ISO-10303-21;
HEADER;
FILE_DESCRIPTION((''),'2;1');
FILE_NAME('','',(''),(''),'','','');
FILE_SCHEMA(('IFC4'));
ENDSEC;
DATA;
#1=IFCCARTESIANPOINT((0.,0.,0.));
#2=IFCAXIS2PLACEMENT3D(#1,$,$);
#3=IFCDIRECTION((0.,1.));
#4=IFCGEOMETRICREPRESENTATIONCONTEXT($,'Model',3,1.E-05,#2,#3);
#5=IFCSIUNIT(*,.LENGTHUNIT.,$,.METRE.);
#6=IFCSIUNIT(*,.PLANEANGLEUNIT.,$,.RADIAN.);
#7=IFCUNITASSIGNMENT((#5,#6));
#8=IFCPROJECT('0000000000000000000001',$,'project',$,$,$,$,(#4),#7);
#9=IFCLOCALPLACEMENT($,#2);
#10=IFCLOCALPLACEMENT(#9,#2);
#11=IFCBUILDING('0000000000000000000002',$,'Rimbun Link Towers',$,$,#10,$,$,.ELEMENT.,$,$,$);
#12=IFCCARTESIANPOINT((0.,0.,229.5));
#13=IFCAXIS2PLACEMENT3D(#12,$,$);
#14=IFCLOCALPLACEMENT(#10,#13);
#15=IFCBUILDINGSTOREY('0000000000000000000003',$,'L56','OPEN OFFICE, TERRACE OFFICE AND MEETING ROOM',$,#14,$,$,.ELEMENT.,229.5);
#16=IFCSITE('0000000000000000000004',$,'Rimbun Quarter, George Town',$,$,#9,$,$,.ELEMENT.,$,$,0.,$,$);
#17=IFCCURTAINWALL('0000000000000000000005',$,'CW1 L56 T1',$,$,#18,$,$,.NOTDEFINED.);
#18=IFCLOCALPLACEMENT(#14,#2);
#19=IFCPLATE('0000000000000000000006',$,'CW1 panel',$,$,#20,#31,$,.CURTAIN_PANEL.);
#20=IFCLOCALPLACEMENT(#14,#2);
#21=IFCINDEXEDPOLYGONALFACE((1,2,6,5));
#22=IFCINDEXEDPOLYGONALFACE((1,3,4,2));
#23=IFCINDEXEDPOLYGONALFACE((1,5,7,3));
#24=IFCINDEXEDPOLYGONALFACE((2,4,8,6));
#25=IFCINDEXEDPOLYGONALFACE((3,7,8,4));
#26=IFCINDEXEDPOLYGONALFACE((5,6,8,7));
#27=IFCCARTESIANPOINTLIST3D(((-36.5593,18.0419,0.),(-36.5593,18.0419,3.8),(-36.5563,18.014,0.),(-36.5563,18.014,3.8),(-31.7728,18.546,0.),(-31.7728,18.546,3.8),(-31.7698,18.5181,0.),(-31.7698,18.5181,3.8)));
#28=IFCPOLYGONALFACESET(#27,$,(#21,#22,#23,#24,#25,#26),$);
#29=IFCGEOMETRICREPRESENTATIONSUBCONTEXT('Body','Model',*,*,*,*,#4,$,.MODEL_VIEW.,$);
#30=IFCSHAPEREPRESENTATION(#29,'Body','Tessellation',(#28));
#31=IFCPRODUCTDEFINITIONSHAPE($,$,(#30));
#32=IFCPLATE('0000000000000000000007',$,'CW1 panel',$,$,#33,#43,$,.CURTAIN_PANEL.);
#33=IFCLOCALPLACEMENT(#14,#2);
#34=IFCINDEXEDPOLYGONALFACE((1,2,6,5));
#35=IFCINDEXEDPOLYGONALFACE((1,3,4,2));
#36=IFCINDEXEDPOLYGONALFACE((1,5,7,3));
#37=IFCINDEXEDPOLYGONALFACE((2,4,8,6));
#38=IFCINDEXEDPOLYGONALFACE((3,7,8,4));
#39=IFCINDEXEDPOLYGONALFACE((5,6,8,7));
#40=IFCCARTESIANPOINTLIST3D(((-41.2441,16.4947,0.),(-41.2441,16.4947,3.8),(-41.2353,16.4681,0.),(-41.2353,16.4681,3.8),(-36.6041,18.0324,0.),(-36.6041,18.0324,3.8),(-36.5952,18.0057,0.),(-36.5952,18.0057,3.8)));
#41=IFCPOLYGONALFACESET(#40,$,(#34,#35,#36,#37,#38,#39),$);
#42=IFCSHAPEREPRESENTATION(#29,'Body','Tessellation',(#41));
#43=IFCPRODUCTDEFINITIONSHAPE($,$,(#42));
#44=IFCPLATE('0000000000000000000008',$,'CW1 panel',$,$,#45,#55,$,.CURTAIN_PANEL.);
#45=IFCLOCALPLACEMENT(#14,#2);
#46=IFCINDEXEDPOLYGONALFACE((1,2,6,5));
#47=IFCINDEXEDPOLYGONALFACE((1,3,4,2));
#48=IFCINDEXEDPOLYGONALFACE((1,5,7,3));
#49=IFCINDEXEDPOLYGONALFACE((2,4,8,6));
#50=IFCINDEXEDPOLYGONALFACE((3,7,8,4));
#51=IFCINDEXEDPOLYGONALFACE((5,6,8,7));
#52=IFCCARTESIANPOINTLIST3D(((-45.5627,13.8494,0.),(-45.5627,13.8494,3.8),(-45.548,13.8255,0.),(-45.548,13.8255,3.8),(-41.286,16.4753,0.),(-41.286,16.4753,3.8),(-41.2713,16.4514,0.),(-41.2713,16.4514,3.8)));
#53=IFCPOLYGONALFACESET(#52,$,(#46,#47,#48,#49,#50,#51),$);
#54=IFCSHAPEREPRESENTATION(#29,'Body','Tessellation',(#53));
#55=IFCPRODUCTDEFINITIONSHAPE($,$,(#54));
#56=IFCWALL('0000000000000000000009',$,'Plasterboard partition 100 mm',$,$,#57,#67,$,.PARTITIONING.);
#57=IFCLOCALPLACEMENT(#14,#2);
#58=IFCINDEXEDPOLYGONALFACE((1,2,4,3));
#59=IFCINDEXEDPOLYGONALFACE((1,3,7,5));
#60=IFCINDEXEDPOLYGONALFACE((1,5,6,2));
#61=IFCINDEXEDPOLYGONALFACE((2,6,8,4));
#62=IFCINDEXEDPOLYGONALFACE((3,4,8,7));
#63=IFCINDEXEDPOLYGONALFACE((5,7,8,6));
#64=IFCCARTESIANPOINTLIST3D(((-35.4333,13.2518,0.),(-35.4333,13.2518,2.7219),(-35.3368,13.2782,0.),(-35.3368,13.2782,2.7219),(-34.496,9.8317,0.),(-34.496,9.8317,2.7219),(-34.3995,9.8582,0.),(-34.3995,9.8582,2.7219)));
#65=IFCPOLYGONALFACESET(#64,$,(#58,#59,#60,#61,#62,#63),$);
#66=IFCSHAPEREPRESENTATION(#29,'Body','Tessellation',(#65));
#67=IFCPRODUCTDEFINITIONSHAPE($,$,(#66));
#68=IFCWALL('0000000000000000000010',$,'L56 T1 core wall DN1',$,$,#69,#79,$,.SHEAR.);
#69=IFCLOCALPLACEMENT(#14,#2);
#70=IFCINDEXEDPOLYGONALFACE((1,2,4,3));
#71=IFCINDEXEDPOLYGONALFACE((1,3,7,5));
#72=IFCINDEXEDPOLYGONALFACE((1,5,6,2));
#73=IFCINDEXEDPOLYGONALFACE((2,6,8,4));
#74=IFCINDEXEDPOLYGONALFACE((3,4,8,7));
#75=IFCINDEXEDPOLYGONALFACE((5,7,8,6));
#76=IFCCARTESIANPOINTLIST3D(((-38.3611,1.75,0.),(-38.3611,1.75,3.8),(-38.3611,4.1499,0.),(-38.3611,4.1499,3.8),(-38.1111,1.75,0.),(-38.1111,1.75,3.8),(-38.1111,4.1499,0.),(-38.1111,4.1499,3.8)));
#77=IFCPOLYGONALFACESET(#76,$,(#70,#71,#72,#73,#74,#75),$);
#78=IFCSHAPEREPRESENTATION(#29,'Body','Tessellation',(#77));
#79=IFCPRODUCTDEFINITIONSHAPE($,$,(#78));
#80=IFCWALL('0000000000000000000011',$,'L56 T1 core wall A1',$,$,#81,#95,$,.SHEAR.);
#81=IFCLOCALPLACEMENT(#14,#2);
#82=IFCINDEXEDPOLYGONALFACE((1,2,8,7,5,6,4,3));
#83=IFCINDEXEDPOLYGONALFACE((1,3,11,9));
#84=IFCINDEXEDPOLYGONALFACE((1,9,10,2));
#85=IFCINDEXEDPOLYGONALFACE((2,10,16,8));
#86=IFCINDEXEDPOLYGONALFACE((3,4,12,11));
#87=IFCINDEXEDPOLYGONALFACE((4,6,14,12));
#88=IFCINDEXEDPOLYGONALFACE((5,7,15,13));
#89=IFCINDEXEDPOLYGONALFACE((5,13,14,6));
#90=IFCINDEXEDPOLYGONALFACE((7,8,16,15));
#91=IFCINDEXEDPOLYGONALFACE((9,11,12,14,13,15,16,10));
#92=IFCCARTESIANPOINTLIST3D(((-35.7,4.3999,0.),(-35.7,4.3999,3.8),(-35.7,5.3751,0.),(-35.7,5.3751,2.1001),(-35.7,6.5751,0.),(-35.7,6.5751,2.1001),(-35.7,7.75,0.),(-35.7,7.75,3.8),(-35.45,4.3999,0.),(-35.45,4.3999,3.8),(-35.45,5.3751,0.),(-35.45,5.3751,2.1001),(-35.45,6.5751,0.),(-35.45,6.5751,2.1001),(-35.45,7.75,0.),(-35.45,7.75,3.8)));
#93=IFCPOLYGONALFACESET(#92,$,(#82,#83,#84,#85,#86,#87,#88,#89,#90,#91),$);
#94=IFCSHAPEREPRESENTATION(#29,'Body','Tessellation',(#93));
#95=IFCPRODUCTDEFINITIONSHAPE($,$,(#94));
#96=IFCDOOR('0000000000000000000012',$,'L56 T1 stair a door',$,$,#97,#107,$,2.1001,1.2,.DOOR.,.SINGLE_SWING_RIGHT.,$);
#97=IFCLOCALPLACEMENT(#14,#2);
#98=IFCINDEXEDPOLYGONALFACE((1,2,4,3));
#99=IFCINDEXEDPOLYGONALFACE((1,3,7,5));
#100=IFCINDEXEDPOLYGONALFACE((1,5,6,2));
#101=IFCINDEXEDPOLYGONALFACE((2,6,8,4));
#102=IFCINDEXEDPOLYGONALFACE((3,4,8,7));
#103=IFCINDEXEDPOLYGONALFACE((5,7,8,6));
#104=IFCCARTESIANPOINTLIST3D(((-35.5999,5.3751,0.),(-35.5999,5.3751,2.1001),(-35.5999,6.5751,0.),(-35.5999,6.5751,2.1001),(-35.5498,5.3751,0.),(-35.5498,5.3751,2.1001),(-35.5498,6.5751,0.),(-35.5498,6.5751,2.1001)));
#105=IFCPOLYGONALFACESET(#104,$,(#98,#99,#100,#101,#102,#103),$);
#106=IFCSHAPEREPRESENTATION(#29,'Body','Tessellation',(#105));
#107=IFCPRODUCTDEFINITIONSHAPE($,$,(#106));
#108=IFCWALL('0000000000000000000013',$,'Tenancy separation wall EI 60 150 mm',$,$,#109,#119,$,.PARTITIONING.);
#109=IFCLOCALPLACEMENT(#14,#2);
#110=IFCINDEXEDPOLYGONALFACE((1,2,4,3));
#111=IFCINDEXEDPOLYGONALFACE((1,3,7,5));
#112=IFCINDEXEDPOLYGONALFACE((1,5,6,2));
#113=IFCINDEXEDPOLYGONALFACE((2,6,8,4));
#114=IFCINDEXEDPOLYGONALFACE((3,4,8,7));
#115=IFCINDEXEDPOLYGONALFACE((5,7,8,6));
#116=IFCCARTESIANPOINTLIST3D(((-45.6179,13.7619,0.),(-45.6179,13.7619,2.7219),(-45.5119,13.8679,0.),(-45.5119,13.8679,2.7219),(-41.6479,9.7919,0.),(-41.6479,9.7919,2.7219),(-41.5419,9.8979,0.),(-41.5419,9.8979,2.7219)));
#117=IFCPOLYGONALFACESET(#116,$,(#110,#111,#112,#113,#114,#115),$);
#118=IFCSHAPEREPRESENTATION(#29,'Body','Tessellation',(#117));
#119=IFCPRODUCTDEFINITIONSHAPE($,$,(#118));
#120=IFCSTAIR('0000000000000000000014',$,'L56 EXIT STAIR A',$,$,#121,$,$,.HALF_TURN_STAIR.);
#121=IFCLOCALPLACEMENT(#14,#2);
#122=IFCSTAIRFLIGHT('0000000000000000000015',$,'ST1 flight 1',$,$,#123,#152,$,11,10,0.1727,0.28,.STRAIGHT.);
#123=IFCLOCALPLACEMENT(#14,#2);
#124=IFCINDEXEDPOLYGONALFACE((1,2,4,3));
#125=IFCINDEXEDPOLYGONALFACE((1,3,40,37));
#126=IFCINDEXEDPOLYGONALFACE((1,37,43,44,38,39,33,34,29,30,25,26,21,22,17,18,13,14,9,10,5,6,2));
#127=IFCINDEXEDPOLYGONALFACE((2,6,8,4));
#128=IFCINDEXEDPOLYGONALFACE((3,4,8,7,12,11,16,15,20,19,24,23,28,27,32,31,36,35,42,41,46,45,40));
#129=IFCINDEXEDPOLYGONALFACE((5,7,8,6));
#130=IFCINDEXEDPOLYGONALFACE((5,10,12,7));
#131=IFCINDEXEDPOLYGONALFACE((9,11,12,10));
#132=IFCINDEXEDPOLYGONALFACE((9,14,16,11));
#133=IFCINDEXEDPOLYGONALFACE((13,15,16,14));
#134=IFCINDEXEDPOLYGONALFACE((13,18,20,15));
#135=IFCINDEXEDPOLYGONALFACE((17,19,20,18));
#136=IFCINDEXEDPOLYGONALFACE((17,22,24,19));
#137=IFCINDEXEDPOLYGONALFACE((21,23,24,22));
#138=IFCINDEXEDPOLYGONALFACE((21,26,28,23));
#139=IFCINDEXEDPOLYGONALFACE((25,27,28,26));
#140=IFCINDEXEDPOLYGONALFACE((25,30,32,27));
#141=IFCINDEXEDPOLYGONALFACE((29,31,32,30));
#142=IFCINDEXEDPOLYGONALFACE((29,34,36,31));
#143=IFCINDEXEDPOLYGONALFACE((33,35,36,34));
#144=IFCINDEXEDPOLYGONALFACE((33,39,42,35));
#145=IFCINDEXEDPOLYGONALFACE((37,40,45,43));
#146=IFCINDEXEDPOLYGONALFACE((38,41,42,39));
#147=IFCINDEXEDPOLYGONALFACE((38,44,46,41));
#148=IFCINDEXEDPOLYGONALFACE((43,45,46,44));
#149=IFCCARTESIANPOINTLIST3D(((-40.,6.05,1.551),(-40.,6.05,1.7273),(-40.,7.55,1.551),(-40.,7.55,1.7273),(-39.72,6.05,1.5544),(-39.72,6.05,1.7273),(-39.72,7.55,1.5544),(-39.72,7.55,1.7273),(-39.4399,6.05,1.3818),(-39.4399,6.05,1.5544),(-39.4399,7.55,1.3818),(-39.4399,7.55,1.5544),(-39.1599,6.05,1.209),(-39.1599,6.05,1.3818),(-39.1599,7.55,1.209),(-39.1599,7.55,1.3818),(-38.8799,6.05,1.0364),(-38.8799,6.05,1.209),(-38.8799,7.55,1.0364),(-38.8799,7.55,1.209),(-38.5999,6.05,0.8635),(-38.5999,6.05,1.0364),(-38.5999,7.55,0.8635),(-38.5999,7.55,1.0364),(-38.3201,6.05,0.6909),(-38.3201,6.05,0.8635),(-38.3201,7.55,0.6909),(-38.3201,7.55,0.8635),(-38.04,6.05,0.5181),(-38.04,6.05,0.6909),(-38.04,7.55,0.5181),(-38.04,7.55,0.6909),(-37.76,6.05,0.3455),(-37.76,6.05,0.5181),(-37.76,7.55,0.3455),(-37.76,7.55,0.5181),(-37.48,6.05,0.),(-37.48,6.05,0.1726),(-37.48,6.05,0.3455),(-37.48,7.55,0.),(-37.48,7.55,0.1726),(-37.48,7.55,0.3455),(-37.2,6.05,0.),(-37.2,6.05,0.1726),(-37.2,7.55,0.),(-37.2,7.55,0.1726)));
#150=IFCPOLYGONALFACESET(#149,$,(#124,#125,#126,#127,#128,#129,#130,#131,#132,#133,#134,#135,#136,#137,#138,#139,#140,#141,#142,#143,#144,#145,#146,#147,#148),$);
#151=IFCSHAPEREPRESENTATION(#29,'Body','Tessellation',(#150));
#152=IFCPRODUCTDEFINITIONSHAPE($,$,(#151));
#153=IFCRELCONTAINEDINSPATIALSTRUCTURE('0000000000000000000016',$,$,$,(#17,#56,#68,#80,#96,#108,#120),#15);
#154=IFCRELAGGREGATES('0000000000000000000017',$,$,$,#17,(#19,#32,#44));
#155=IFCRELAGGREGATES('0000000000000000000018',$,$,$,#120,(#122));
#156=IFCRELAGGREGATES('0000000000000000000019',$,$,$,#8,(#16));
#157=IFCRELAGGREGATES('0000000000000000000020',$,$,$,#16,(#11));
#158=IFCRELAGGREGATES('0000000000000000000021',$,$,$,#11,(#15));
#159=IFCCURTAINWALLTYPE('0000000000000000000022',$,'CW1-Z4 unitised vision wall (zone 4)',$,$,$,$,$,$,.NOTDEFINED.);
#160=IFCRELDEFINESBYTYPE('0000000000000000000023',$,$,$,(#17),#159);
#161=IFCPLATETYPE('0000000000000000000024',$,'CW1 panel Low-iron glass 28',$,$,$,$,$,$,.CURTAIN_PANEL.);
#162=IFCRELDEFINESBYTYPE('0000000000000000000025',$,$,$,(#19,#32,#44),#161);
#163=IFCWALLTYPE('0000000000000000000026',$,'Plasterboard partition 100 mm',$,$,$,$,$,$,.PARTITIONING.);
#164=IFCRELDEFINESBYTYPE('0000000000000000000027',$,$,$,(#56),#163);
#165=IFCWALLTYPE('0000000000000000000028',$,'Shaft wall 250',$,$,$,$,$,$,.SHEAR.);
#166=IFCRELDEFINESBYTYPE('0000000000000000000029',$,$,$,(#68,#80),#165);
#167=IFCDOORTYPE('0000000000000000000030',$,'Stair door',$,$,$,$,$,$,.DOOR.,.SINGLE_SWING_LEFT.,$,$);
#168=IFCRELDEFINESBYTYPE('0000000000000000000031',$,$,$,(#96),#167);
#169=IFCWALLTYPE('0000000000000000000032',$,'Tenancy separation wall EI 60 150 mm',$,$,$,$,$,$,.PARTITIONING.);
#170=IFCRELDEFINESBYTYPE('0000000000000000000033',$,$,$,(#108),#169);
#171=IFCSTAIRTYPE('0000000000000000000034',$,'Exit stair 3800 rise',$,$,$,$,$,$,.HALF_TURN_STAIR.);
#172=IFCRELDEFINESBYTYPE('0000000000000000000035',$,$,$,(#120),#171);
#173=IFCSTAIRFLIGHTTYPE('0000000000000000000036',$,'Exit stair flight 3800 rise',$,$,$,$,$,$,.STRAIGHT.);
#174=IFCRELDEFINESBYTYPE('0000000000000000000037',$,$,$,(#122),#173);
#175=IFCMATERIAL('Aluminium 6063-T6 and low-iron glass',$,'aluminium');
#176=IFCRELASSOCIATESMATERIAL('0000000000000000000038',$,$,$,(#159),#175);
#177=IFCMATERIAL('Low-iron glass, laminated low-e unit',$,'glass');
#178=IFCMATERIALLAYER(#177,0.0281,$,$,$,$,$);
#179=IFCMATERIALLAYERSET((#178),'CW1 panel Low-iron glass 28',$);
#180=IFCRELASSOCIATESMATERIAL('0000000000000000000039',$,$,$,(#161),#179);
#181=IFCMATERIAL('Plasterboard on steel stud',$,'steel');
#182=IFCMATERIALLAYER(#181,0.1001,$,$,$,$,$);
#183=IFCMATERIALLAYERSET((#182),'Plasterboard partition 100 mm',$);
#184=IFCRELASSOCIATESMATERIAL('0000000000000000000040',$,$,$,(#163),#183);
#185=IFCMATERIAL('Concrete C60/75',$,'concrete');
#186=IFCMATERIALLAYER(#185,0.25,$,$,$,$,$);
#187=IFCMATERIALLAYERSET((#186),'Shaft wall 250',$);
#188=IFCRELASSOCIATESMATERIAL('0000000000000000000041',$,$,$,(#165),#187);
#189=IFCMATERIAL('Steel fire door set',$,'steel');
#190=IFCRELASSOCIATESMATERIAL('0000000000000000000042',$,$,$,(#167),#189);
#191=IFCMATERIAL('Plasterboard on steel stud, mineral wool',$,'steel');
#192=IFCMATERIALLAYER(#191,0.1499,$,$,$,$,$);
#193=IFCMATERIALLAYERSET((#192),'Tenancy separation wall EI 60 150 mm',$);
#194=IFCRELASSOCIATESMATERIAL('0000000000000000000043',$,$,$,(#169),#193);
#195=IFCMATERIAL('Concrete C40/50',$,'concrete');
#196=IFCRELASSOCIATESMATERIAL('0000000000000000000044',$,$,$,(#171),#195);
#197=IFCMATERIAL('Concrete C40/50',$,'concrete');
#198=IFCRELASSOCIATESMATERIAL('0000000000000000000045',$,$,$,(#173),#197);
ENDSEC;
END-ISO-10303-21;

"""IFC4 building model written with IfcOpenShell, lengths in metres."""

from ifc_helpers import new_model, si_unit, direction, frame, frame_2d, origin, origin_2d, place, context, subcontext, project, spatial, polyline, rectangle, outline, extrude, material, layer, layer_set, type_object, element, fill, aggregate, save


model = new_model("IFC4")

# Units and contexts
model_context = context("Model", 3, precision=1e-05, world=origin(), true_north=direction((0.0, 1.0)))
body_context = subcontext(model_context, "Body", "Model", "MODEL_VIEW")
ifc_project = project(units=[si_unit("LENGTHUNIT", "METRE"), si_unit("PLANEANGLEUNIT", "RADIAN")], contexts=[model_context])

# Site, building, storey
site_placement = place(None, origin())
site = spatial("IfcSite", under=ifc_project, at=site_placement, Name="Rimbun Quarter, George Town", CompositionType="ELEMENT", RefElevation=0.0)
building_placement = place(site_placement, origin())
building = spatial("IfcBuilding", under=site, at=building_placement, Name="Rimbun Link Towers", CompositionType="ELEMENT")
storey_placement = place(building_placement, frame((0.0, 0.0, 229.5)))
storey = spatial("IfcBuildingStorey", under=building, at=storey_placement, Name="L56", Description="OPEN OFFICE, TERRACE OFFICE AND MEETING ROOM", CompositionType="ELEMENT", Elevation=229.5)

# Curtain wall
ifc_material_1 = material(Name="Aluminium 6063-T6 and low-iron glass", Category="aluminium")
curtain_wall_type = type_object("IfcCurtainWallType", Name="CW1-Z4 unitised vision wall (zone 4)", PredefinedType="NOTDEFINED", material=ifc_material_1)
curtain_wall_placement = place(storey_placement, origin())
curtain_wall = element("IfcCurtainWall", 1, at=curtain_wall_placement, inside=storey, type_object=curtain_wall_type, Name="CW1 L56 T1", PredefinedType="NOTDEFINED")

# Plates
ifc_material_2 = material(Name="Low-iron glass, laminated low-e unit", Category="glass")
ifc_layer_1 = layer(ifc_material_2, 0.0281)
ifc_layer_set_1 = layer_set([ifc_layer_1], Name="CW1 panel Low-iron glass 28")
plate_type = type_object("IfcPlateType", Name="CW1 panel Low-iron glass 28", PredefinedType="CURTAIN_PANEL", material=ifc_layer_set_1)
plate_1_placement = place(storey_placement, frame((-34.1646, 18.28, 0.0), z_axis=(0.0, 0.0, 1.0), x_axis=(0.9945, 0.104739, 0.0)))
plate_1 = element("IfcPlate", 2, at=plate_1_placement, type_object=plate_type, Name="CW1 panel", PredefinedType="CURTAIN_PANEL", context=body_context, shape_type="SweptSolid", body=[
    extrude(rectangle(XDim=4.813, YDim=0.0281, at=origin_2d()), origin(), (0.0, 0.0, 1.0), 3.8),
])
plate_2_placement = place(storey_placement, frame((-38.9197, 17.2502, 0.0), z_axis=(0.0, 0.0, 1.0), x_axis=(0.949236, 0.314565, 0.0)))
plate_2 = element("IfcPlate", 3, at=plate_2_placement, type_object=plate_type, Name="CW1 panel", PredefinedType="CURTAIN_PANEL", context=body_context, shape_type="SweptSolid", body=[
    extrude(rectangle(XDim=4.8882, YDim=0.0281, at=origin_2d()), origin(), (0.0, 0.0, 1.0), 3.8),
])
plate_3_placement = place(storey_placement, frame((-43.417, 15.1504, 0.0), z_axis=(0.0, 0.0, 1.0), x_axis=(0.852187, 0.523237, 0.0)))
plate_3 = element("IfcPlate", 4, at=plate_3_placement, type_object=plate_type, Name="CW1 panel", PredefinedType="CURTAIN_PANEL", context=body_context, shape_type="SweptSolid", body=[
    extrude(rectangle(XDim=5.0186, YDim=0.0281, at=origin_2d()), origin(), (0.0, 0.0, 1.0), 3.8),
])
aggregate(curtain_wall, [plate_1, plate_2, plate_3])

# Walls
ifc_material_3 = material(Name="Plasterboard on steel stud", Category="steel")
ifc_layer_2 = layer(ifc_material_3, 0.1001)
ifc_layer_set_2 = layer_set([ifc_layer_2], Name="Plasterboard partition 100 mm")
wall_type_1 = type_object("IfcWallType", Name="Plasterboard partition 100 mm", PredefinedType="PARTITIONING", material=ifc_layer_set_2)
wall_1_placement = place(storey_placement, frame((-35.385, 13.2649, 0.0), z_axis=(0.0, 0.0, 1.0), x_axis=(0.264311, -0.964437, 0.0)))
element("IfcWall", 5, at=wall_1_placement, inside=storey, type_object=wall_type_1, Name="Plasterboard partition 100 mm", PredefinedType="PARTITIONING", context=body_context, shape_type="SweptSolid", body=[
    extrude(rectangle(XDim=3.5461, YDim=0.1001, at=frame_2d((1.7729, 0.0))), origin(), (0.0, 0.0, 1.0), 2.7219),
])
ifc_material_4 = material(Name="Concrete C60/75", Category="concrete")
ifc_layer_3 = layer(ifc_material_4, 0.25)
ifc_layer_set_3 = layer_set([ifc_layer_3], Name="Shaft wall 250")
wall_type_2 = type_object("IfcWallType", Name="Shaft wall 250", PredefinedType="SHEAR", material=ifc_layer_set_3)
wall_2_placement = place(storey_placement, frame((-38.2361, 1.75, 0.0), z_axis=(0.0, 0.0, 1.0), x_axis=(0.0, 1.0, 0.0)))
element("IfcWall", 6, at=wall_2_placement, inside=storey, type_object=wall_type_2, Name="L56 T1 core wall DN1", PredefinedType="SHEAR", context=body_context, shape_type="SweptSolid", body=[
    extrude(rectangle(XDim=2.3999, YDim=0.25, at=frame_2d((1.2, 0.0))), origin(), (0.0, 0.0, 1.0), 3.8),
])

# Wall, opening, door
wall_3_placement = place(storey_placement, frame((-35.575, 4.3999, 0.0), z_axis=(0.0, 0.0, 1.0), x_axis=(0.0, 1.0, 0.0)))
wall_3 = element("IfcWall", 7, at=wall_3_placement, inside=storey, type_object=wall_type_2, Name="L56 T1 core wall A1", PredefinedType="SHEAR", context=body_context, shape_type="SweptSolid", body=[
    extrude(rectangle(XDim=3.3501, YDim=0.25, at=frame_2d((1.675, 0.0))), origin(), (0.0, 0.0, 1.0), 3.8),
])
opening_placement = place(wall_3_placement, frame((0.9751, 0.0, 0.0)))
opening = element("IfcOpeningElement", 8, at=opening_placement, cuts=wall_3, PredefinedType="OPENING", context=body_context, shape_type="SweptSolid", body=[
    extrude(rectangle(XDim=1.2, YDim=2.1001, at=frame_2d((0.6001, 1.05))), frame((0.0, 0.135, 0.0), z_axis=(0.0, -1.0, 0.0), x_axis=(1.0, 0.0, 0.0)), (0.0, 0.0, 1.0), 0.27),
])
ifc_material_5 = material(Name="Steel fire door set", Category="steel")
door_type = type_object("IfcDoorType", Name="Stair door", OperationType="SINGLE_SWING_LEFT", PredefinedType="DOOR", material=ifc_material_5)
door_placement = place(opening_placement, origin())
door = element("IfcDoor", 9, at=door_placement, inside=storey, type_object=door_type, Name="L56 T1 stair a door", OperationType="SINGLE_SWING_RIGHT", OverallHeight=2.1001, OverallWidth=1.2, PredefinedType="DOOR", context=body_context, shape_type="SweptSolid", body=[
    extrude(rectangle(XDim=1.2, YDim=2.1001, at=frame_2d((0.6001, 1.05))), frame((0.0, 0.0249, 0.0), z_axis=(0.0, -1.0, 0.0), x_axis=(1.0, 0.0, 0.0)), (0.0, 0.0, 1.0), 0.05),
])
fill(opening, door)

# Wall
ifc_material_6 = material(Name="Plasterboard on steel stud, mineral wool", Category="steel")
ifc_layer_4 = layer(ifc_material_6, 0.1499)
ifc_layer_set_4 = layer_set([ifc_layer_4], Name="Tenancy separation wall EI 60 150 mm")
wall_type_3 = type_object("IfcWallType", Name="Tenancy separation wall EI 60 150 mm", PredefinedType="PARTITIONING", material=ifc_layer_set_4)
wall_4_placement = place(storey_placement, frame((-41.595, 9.845, 0.0), z_axis=(0.0, 0.0, 1.0), x_axis=(-0.707107, 0.707107, 0.0)))
element("IfcWall", 10, at=wall_4_placement, inside=storey, type_object=wall_type_3, Name="Tenancy separation wall EI 60 150 mm", PredefinedType="PARTITIONING", context=body_context, shape_type="SweptSolid", body=[
    extrude(rectangle(XDim=5.6145, YDim=0.1499, at=frame_2d((2.8071, 0.0))), origin(), (0.0, 0.0, 1.0), 2.7219),
])

# Stair, stair flight
ifc_material_7 = material(Name="Concrete C40/50", Category="concrete")
stair_type = type_object("IfcStairType", Name="Exit stair 3800 rise", PredefinedType="HALF_TURN_STAIR", material=ifc_material_7)
stair_placement = place(storey_placement, origin())
stair = element("IfcStair", 11, at=stair_placement, inside=storey, type_object=stair_type, Name="L56 EXIT STAIR A", PredefinedType="HALF_TURN_STAIR")
ifc_material_8 = material(Name="Concrete C40/50", Category="concrete")
stair_flight_type = type_object("IfcStairFlightType", Name="Exit stair flight 3800 rise", PredefinedType="STRAIGHT", material=ifc_material_8)
stair_flight_1_placement = place(storey_placement, frame((-37.2, 6.8, 0.0), z_axis=(0.0, 0.0, 1.0), x_axis=(-1.0, 0.0, 0.0)))
stair_flight_1 = element("IfcStairFlight", 12, at=stair_flight_1_placement, type_object=stair_flight_type, Name="ST1 flight 1", NumberOfRisers=11, NumberOfTreads=10, PredefinedType="STRAIGHT", RiserHeight=0.1727, TreadLength=0.28, context=body_context, shape_type="SweptSolid", body=[
    extrude(outline(polyline([(0.0, 0.0), (0.0, 0.1726), (0.28, 0.1726), (0.28, 0.3455), (0.5601, 0.3455), (0.5601, 0.5181), (0.8401, 0.5181), (0.8401, 0.6909), (1.1201, 0.6909), (1.1201, 0.8635), (1.3999, 0.8635), (1.3999, 1.0364), (1.6799, 1.0364), (1.6799, 1.209), (1.96, 1.209), (1.96, 1.3818), (2.24, 1.3818), (2.24, 1.5544), (2.52, 1.5544), (2.52, 1.7273), (2.8, 1.7273), (2.8, 1.8999), (2.8, 1.551), (0.28, 0.0), (0.0, 0.0)])), frame((0.0, 0.75, 0.0), z_axis=(0.0, -1.0, 0.0), x_axis=(1.0, 0.0, 0.0)), (0.0, 0.0, 1.0), 1.5),
])
aggregate(stair, [stair_flight_1])

save(model, "model.ifc")
